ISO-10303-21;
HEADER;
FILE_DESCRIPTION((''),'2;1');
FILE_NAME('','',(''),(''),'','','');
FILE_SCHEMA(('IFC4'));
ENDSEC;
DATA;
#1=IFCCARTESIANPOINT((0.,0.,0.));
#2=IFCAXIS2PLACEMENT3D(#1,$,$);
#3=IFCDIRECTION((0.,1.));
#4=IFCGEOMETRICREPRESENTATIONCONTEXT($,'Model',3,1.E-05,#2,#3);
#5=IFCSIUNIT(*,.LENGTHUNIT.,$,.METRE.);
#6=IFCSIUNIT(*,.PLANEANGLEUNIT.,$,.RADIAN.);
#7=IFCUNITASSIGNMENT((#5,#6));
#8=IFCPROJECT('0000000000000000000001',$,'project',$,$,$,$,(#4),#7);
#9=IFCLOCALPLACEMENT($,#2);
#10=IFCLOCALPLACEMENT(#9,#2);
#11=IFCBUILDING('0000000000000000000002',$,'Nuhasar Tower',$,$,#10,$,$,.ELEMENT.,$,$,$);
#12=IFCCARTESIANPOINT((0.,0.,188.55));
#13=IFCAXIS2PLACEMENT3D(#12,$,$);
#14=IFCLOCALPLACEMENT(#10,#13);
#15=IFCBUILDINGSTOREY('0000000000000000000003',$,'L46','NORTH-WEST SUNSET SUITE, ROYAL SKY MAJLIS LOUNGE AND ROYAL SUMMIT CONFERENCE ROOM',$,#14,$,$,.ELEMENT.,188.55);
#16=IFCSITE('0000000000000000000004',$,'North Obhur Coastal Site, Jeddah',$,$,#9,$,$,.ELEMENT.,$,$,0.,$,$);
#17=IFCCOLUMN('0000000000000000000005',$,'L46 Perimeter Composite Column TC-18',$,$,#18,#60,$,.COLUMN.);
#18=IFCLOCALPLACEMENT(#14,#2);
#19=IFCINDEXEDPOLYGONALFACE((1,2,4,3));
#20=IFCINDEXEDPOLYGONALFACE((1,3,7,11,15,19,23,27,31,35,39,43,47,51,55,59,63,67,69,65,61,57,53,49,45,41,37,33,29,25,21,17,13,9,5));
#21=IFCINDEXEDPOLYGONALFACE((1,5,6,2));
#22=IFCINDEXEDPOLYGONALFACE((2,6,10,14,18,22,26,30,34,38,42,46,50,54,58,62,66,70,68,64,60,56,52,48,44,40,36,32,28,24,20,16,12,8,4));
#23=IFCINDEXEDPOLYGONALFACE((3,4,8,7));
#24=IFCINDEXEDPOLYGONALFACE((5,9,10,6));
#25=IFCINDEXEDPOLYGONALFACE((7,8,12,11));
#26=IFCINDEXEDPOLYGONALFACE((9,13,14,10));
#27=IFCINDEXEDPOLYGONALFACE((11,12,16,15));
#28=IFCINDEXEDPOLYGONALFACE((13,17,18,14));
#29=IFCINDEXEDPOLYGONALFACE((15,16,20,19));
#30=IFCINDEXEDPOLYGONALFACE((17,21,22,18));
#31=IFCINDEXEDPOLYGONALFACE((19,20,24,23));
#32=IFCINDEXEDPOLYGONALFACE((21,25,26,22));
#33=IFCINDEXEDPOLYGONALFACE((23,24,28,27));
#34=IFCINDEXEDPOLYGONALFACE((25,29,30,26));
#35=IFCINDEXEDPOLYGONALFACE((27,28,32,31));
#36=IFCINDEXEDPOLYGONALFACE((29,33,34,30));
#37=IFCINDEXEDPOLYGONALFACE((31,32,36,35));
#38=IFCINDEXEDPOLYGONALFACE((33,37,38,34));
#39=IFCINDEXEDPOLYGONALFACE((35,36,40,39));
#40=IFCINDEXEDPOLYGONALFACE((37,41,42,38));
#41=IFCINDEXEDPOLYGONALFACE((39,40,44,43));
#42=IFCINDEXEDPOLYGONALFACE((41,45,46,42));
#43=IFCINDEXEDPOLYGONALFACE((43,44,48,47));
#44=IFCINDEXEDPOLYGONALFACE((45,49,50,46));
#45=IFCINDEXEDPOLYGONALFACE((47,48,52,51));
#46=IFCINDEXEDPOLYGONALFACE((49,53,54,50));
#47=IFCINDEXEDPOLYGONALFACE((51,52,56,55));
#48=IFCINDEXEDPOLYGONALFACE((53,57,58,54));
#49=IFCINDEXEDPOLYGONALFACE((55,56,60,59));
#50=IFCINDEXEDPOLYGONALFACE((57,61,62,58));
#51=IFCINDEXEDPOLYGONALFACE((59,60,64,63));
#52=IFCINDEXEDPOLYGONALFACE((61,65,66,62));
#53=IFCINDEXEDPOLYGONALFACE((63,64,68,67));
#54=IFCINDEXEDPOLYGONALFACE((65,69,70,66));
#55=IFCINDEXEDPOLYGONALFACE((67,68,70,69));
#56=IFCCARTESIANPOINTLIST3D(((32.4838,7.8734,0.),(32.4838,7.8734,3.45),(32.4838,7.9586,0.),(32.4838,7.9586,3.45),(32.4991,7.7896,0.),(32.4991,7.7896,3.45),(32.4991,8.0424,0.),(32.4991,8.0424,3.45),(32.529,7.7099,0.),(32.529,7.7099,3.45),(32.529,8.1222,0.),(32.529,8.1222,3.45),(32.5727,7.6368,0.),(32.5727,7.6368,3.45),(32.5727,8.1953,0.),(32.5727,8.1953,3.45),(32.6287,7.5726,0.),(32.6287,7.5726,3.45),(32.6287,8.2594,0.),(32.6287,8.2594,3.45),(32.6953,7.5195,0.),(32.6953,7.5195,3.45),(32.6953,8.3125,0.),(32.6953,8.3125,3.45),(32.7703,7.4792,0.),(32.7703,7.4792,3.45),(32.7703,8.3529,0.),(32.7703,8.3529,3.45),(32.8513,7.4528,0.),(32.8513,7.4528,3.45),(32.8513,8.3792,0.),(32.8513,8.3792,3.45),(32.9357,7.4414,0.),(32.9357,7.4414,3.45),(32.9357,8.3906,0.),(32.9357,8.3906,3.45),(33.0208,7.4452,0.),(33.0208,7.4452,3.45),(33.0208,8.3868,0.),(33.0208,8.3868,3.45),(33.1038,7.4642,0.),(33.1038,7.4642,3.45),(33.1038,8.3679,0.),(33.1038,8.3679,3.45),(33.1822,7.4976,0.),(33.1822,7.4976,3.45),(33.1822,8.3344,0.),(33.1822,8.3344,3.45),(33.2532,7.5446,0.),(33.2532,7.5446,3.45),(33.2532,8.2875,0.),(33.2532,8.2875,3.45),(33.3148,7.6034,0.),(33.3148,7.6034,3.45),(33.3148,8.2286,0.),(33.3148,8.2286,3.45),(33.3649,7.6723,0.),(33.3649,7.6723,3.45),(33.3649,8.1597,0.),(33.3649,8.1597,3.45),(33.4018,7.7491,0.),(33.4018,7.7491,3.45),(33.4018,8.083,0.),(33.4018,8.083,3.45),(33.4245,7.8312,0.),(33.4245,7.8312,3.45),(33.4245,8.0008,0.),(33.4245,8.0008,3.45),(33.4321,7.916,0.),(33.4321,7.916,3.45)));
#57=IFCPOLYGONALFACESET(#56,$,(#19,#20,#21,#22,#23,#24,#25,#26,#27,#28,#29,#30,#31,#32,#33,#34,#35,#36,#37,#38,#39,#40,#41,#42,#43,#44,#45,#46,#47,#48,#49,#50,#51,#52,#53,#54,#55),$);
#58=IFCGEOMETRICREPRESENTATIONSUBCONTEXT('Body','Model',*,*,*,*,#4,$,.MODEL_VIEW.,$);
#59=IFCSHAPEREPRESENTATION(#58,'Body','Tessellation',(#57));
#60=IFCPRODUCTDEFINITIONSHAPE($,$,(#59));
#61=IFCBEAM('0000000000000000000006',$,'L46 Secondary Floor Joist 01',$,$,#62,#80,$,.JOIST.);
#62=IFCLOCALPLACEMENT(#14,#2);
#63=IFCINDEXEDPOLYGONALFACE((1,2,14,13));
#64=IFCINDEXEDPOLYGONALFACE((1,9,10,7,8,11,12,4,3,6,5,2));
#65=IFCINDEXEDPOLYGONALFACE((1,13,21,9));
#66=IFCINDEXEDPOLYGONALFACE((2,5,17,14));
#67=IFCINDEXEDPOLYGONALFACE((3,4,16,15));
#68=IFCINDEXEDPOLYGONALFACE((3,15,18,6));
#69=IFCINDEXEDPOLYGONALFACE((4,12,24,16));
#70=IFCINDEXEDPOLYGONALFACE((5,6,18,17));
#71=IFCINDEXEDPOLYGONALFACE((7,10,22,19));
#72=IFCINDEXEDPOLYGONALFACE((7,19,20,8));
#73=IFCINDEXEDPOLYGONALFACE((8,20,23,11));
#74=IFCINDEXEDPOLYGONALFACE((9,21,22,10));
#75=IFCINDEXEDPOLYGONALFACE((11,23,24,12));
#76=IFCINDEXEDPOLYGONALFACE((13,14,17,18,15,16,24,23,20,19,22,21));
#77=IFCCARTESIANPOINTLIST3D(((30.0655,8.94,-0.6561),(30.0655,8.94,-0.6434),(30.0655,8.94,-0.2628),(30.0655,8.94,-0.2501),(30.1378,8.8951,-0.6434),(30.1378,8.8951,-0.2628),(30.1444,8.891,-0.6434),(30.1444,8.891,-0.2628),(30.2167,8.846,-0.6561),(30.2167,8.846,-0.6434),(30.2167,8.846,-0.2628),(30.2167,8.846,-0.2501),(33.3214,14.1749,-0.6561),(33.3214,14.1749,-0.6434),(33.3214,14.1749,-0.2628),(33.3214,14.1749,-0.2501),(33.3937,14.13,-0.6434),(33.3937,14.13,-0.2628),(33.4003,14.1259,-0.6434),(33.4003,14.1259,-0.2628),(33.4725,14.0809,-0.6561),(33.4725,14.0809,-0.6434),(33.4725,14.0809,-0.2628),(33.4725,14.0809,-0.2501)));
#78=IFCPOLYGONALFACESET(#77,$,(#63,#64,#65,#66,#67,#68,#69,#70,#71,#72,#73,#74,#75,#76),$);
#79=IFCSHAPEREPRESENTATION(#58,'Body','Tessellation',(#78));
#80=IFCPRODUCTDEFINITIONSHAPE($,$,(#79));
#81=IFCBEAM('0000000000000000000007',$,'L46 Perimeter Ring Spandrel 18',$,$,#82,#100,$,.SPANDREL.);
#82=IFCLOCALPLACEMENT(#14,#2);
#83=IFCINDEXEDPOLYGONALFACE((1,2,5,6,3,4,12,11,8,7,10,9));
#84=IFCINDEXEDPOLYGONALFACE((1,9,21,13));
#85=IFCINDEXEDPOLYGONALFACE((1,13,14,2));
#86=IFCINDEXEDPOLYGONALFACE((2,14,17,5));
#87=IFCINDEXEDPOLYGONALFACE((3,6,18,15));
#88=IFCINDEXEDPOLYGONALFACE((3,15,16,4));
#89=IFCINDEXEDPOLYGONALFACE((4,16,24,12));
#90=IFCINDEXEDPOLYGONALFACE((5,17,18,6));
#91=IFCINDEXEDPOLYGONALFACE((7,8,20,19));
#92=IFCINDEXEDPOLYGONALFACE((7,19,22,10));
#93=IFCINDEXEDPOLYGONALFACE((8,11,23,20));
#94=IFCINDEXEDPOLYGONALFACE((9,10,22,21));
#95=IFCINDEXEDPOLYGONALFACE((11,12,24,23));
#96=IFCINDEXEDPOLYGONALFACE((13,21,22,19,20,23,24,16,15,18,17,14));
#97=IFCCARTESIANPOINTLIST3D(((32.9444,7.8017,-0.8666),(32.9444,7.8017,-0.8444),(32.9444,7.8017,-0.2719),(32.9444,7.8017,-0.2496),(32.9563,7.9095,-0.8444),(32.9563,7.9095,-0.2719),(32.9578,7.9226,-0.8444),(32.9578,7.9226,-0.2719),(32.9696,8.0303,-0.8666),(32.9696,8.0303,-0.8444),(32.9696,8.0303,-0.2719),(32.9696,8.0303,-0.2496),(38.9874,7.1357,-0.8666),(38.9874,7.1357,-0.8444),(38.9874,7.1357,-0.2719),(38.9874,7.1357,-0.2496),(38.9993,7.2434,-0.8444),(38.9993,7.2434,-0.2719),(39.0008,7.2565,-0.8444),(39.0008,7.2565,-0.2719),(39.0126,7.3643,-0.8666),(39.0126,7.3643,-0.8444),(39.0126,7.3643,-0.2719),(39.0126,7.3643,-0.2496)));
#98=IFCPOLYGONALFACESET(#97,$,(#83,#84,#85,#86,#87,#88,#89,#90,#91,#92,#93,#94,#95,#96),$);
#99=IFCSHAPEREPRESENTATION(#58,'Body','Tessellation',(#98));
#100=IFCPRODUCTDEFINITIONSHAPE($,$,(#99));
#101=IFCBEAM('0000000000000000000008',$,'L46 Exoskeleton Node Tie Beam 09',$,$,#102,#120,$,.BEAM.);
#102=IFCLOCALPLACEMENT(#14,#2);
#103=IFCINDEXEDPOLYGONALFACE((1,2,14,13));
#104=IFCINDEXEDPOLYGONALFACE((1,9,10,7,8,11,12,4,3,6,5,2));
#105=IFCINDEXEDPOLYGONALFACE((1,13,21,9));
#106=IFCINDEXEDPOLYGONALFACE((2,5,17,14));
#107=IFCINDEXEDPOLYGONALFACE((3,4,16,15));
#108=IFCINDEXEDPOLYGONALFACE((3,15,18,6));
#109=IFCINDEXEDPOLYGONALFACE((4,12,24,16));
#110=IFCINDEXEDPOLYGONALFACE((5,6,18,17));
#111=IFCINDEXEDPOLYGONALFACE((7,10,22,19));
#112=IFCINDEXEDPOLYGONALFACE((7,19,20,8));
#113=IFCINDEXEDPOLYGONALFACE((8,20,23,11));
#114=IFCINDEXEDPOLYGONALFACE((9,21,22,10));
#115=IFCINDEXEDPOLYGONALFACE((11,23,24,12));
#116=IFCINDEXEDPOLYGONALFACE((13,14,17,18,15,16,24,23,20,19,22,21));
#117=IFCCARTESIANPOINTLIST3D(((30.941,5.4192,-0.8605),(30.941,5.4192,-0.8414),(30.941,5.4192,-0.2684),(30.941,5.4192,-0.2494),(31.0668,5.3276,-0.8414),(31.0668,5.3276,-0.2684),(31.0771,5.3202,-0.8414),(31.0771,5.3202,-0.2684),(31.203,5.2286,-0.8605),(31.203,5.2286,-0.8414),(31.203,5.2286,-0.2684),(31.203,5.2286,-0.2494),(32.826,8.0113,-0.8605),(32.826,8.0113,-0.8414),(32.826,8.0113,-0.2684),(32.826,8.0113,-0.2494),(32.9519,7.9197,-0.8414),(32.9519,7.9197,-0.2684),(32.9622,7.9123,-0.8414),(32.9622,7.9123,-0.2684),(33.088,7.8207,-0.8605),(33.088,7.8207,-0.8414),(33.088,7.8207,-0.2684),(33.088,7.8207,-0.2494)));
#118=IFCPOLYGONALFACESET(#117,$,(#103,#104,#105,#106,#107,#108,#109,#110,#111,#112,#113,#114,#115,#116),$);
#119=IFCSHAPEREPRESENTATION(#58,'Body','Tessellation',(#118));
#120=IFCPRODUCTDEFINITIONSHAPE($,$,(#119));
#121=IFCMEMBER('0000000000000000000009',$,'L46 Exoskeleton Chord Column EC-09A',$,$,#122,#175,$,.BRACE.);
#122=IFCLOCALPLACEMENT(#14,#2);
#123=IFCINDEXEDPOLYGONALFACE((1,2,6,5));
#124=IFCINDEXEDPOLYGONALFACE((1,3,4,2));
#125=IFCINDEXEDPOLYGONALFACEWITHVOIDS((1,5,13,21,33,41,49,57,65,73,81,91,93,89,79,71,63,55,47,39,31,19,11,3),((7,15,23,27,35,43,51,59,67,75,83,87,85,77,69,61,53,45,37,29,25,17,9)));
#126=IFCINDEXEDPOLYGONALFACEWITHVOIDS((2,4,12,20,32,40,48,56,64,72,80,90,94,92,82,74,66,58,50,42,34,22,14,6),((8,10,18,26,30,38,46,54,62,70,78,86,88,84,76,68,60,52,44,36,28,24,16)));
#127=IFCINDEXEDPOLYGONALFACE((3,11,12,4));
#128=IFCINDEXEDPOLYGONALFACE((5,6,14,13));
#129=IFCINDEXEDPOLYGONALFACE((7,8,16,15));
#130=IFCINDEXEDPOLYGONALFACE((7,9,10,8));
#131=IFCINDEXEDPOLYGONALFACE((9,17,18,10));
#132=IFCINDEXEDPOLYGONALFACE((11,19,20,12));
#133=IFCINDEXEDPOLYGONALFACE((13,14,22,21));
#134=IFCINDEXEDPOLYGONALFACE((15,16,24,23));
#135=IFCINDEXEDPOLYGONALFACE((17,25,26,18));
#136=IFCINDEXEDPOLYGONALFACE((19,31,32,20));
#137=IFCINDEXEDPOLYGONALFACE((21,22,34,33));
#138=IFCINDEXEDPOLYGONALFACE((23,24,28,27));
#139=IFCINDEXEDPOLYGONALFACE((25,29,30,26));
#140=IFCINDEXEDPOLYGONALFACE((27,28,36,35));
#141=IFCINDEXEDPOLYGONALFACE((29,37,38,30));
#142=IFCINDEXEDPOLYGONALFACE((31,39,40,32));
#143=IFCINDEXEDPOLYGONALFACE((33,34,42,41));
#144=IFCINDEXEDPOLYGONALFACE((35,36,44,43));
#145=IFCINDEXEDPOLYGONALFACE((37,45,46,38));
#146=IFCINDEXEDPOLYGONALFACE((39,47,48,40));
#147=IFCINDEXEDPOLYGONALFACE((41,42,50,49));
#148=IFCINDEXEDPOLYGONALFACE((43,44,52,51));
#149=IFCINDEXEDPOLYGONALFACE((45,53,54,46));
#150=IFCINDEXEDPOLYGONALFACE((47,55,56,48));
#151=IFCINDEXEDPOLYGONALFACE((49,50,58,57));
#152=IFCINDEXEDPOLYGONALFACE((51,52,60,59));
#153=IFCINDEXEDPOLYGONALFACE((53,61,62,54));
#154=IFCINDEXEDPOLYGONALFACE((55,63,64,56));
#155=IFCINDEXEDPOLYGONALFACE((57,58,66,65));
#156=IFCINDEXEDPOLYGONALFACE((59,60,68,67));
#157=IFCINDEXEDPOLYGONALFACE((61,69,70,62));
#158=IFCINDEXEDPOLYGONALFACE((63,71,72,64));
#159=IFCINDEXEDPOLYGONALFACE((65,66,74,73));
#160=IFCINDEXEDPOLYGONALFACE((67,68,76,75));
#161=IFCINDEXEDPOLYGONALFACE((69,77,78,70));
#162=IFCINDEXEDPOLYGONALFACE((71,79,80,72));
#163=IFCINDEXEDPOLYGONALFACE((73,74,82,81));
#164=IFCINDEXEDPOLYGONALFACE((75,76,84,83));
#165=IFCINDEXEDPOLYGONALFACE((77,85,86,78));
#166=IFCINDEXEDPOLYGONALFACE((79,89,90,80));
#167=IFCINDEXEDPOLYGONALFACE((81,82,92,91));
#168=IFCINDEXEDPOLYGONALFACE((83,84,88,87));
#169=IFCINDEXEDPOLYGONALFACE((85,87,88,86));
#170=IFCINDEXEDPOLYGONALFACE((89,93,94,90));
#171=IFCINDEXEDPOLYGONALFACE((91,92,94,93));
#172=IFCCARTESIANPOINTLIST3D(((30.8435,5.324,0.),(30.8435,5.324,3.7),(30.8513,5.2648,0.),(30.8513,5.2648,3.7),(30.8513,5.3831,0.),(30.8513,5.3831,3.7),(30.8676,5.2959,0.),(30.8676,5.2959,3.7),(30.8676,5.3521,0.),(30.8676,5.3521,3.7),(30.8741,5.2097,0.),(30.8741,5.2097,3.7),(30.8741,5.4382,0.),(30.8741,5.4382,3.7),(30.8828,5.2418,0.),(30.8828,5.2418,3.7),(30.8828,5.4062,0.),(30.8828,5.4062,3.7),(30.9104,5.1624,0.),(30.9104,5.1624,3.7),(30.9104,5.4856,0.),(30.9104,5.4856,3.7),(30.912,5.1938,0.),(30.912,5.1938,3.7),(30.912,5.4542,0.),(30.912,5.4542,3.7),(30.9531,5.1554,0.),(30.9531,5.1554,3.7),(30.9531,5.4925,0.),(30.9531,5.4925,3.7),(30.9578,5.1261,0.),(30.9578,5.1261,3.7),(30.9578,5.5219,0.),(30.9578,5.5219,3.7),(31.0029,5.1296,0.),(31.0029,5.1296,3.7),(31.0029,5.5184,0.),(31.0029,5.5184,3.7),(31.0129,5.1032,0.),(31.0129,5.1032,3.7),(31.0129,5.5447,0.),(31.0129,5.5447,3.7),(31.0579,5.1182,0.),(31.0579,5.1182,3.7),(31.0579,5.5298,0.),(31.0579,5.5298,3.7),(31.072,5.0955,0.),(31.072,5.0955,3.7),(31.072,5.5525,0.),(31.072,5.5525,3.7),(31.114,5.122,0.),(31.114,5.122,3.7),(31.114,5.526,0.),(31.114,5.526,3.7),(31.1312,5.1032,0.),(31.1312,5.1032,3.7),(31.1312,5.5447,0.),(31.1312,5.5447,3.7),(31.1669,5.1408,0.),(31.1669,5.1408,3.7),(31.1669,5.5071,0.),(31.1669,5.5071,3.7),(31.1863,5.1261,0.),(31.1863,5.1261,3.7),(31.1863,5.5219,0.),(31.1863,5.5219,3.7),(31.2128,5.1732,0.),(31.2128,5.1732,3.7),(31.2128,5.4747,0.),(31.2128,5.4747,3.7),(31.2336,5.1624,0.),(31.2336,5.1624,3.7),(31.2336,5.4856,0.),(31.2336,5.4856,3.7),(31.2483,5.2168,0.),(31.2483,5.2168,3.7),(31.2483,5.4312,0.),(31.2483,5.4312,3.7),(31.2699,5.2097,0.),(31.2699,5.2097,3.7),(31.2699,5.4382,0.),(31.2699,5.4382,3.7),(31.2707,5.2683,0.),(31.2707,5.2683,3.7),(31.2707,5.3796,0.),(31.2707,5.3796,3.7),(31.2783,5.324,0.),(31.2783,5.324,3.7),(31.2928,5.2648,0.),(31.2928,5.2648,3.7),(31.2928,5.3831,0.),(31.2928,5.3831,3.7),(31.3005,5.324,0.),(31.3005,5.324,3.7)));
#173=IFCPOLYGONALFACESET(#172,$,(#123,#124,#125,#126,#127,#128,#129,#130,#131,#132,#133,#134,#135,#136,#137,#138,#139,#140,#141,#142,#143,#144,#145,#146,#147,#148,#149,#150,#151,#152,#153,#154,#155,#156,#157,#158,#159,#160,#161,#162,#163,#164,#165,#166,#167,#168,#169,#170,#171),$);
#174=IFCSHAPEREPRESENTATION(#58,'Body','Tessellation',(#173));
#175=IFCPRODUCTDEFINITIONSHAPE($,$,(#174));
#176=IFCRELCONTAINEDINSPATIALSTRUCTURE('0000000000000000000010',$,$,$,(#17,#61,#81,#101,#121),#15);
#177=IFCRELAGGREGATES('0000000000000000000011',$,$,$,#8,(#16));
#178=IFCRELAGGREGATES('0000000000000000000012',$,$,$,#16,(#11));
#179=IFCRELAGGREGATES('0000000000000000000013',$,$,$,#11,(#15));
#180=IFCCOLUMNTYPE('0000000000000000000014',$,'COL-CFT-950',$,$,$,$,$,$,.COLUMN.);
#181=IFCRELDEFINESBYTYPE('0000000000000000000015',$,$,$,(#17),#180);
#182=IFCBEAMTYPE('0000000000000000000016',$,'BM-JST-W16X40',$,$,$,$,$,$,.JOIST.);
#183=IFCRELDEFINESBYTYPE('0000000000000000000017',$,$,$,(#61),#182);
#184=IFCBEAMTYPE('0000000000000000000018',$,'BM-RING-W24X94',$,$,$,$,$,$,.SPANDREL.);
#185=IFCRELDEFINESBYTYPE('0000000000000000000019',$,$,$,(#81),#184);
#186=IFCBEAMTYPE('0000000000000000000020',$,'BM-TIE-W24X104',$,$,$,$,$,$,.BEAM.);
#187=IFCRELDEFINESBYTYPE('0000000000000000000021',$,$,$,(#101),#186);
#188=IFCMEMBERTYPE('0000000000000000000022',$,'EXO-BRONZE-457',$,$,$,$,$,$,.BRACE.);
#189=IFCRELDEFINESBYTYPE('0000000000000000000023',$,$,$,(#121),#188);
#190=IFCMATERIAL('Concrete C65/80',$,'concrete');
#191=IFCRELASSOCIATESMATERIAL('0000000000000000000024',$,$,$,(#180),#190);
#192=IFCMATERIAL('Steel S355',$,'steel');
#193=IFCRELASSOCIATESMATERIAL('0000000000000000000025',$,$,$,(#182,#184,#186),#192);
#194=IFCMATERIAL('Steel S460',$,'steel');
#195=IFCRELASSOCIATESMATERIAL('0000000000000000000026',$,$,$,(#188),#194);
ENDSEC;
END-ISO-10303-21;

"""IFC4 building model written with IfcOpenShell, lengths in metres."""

from ifc_helpers import new_model, si_unit, direction, frame, origin, origin_2d, place, context, subcontext, project, spatial, circle, hollow_circle, i_section, extrude, material, material_profile, profile_set, type_object, element, save


model = new_model("IFC4")

# Units and contexts
model_context = context("Model", 3, precision=1e-05, world=origin(), true_north=direction((0.0, 1.0)))
body_context = subcontext(model_context, "Body", "Model", "MODEL_VIEW")
ifc_project = project(units=[si_unit("LENGTHUNIT", "METRE"), si_unit("PLANEANGLEUNIT", "RADIAN")], contexts=[model_context])

# Site, building, storey
site_placement = place(None, origin())
site = spatial("IfcSite", under=ifc_project, at=site_placement, Name="North Obhur Coastal Site, Jeddah", CompositionType="ELEMENT", RefElevation=0.0)
building_placement = place(site_placement, origin())
building = spatial("IfcBuilding", under=site, at=building_placement, Name="Nuhasar Tower", CompositionType="ELEMENT")
storey_placement = place(building_placement, frame((0.0, 0.0, 188.55)))
storey = spatial("IfcBuildingStorey", under=building, at=storey_placement, Name="L46", Description="NORTH-WEST SUNSET SUITE, ROYAL SKY MAJLIS LOUNGE AND ROYAL SUMMIT CONFERENCE ROOM", CompositionType="ELEMENT", Elevation=188.55)

# Column
ifc_material_1 = material(Name="Concrete C65/80", Category="concrete")
ifc_material_profile_1 = material_profile(ifc_material_1, circle(Radius=0.4751, at=origin_2d()), Name="CFT950")
ifc_profile_set_1 = profile_set([ifc_material_profile_1], Name="Concrete C65/80")
column_type = type_object("IfcColumnType", Name="COL-CFT-950", PredefinedType="COLUMN", material=ifc_profile_set_1)
column_placement = place(storey_placement, frame((32.957, 7.916, 0.0), z_axis=(0.0, 0.0, 1.0), x_axis=(1.0, 0.0, 0.0)))
element("IfcColumn", 1, at=column_placement, inside=storey, type_object=column_type, Name="L46 Perimeter Composite Column TC-18", PredefinedType="COLUMN", context=body_context, shape_type="SweptSolid", body=[
    extrude(circle(Radius=0.4751, at=origin_2d()), origin(), (0.0, 0.0, 1.0), 3.45),
])

# Beams
ifc_material_2 = material(Name="Steel S355", Category="steel")
ifc_material_profile_2 = material_profile(ifc_material_2, i_section(OverallWidth=0.178, OverallDepth=0.406, WebThickness=0.0078, FlangeThickness=0.0127, at=origin_2d()), Name="W16X40")
ifc_profile_set_2 = profile_set([ifc_material_profile_2], Name="Steel S355")
beam_type_1 = type_object("IfcBeamType", Name="BM-JST-W16X40", PredefinedType="JOIST", material=ifc_profile_set_2)
beam_1_placement = place(storey_placement, frame((33.397, 14.1279, -0.4531), z_axis=(-0.528139, -0.849158, 0.0), x_axis=(0.849158, -0.528139, 0.0)))
element("IfcBeam", 2, at=beam_1_placement, inside=storey, type_object=beam_type_1, Name="L46 Secondary Floor Joist 01", PredefinedType="JOIST", context=body_context, shape_type="SweptSolid", body=[
    extrude(i_section(OverallWidth=0.178, OverallDepth=0.406, WebThickness=0.0078, FlangeThickness=0.0127, at=origin_2d()), origin(), (0.0, 0.0, 1.0), 6.1648),
])
ifc_material_profile_3 = material_profile(ifc_material_2, i_section(OverallWidth=0.23, OverallDepth=0.6169, WebThickness=0.0132, FlangeThickness=0.0222, at=origin_2d()), Name="W24X94")
ifc_profile_set_3 = profile_set([ifc_material_profile_3], Name="Steel S355")
beam_type_2 = type_object("IfcBeamType", Name="BM-RING-W24X94", PredefinedType="SPANDREL", material=ifc_profile_set_3)
beam_2_placement = place(storey_placement, frame((32.957, 7.916, -0.5581), z_axis=(0.993981, -0.10955, 0.0), x_axis=(0.10955, 0.993981, 0.0)))
element("IfcBeam", 3, at=beam_2_placement, inside=storey, type_object=beam_type_2, Name="L46 Perimeter Ring Spandrel 18", PredefinedType="SPANDREL", context=body_context, shape_type="SweptSolid", body=[
    extrude(i_section(OverallWidth=0.23, OverallDepth=0.6169, WebThickness=0.0132, FlangeThickness=0.0222, at=origin_2d()), origin(), (0.0, 0.0, 1.0), 6.0796),
])
ifc_material_profile_4 = material_profile(ifc_material_2, i_section(OverallWidth=0.324, OverallDepth=0.6111, WebThickness=0.0127, FlangeThickness=0.019, at=origin_2d()), Name="W24X104")
ifc_profile_set_4 = profile_set([ifc_material_profile_4], Name="Steel S355")
beam_type_3 = type_object("IfcBeamType", Name="BM-TIE-W24X104", PredefinedType="BEAM", material=ifc_profile_set_4)
beam_3_placement = place(storey_placement, frame((32.957, 7.916, -0.5549), z_axis=(-0.588149, -0.808753, 0.0), x_axis=(0.808753, -0.588149, 0.0)))
element("IfcBeam", 4, at=beam_3_placement, inside=storey, type_object=beam_type_3, Name="L46 Exoskeleton Node Tie Beam 09", PredefinedType="BEAM", context=body_context, shape_type="SweptSolid", body=[
    extrude(i_section(OverallWidth=0.324, OverallDepth=0.6111, WebThickness=0.0127, FlangeThickness=0.019, at=origin_2d()), origin(), (0.0, 0.0, 1.0), 3.2051),
])

# Member
ifc_material_3 = material(Name="Steel S460", Category="steel")
ifc_material_profile_5 = material_profile(ifc_material_3, hollow_circle(Radius=0.2285, WallThickness=0.0222, at=origin_2d()), Name="HSS457X22.2")
ifc_profile_set_5 = profile_set([ifc_material_profile_5], Name="Steel S460")
member_type = type_object("IfcMemberType", Name="EXO-BRONZE-457", PredefinedType="BRACE", material=ifc_profile_set_5)
for number, where, z_axis, x_axis, name in (
    (5, (31.072, 5.324, 0.0), (0.0, 0.0, 1.0), (1.0, 0.0, 0.0), "L46 Exoskeleton Chord Column EC-09A"),
):
    element("IfcMember", number, at=place(storey_placement, frame(where, z_axis=z_axis, x_axis=x_axis)), inside=storey, type_object=member_type, Name=name, PredefinedType="BRACE", context=body_context, shape_type="SweptSolid", body=[
        extrude(hollow_circle(Radius=0.2285, WallThickness=0.0222, at=origin_2d()), origin(), (0.0, 0.0, 1.0), 3.7),
    ])

save(model, "model.ifc")
